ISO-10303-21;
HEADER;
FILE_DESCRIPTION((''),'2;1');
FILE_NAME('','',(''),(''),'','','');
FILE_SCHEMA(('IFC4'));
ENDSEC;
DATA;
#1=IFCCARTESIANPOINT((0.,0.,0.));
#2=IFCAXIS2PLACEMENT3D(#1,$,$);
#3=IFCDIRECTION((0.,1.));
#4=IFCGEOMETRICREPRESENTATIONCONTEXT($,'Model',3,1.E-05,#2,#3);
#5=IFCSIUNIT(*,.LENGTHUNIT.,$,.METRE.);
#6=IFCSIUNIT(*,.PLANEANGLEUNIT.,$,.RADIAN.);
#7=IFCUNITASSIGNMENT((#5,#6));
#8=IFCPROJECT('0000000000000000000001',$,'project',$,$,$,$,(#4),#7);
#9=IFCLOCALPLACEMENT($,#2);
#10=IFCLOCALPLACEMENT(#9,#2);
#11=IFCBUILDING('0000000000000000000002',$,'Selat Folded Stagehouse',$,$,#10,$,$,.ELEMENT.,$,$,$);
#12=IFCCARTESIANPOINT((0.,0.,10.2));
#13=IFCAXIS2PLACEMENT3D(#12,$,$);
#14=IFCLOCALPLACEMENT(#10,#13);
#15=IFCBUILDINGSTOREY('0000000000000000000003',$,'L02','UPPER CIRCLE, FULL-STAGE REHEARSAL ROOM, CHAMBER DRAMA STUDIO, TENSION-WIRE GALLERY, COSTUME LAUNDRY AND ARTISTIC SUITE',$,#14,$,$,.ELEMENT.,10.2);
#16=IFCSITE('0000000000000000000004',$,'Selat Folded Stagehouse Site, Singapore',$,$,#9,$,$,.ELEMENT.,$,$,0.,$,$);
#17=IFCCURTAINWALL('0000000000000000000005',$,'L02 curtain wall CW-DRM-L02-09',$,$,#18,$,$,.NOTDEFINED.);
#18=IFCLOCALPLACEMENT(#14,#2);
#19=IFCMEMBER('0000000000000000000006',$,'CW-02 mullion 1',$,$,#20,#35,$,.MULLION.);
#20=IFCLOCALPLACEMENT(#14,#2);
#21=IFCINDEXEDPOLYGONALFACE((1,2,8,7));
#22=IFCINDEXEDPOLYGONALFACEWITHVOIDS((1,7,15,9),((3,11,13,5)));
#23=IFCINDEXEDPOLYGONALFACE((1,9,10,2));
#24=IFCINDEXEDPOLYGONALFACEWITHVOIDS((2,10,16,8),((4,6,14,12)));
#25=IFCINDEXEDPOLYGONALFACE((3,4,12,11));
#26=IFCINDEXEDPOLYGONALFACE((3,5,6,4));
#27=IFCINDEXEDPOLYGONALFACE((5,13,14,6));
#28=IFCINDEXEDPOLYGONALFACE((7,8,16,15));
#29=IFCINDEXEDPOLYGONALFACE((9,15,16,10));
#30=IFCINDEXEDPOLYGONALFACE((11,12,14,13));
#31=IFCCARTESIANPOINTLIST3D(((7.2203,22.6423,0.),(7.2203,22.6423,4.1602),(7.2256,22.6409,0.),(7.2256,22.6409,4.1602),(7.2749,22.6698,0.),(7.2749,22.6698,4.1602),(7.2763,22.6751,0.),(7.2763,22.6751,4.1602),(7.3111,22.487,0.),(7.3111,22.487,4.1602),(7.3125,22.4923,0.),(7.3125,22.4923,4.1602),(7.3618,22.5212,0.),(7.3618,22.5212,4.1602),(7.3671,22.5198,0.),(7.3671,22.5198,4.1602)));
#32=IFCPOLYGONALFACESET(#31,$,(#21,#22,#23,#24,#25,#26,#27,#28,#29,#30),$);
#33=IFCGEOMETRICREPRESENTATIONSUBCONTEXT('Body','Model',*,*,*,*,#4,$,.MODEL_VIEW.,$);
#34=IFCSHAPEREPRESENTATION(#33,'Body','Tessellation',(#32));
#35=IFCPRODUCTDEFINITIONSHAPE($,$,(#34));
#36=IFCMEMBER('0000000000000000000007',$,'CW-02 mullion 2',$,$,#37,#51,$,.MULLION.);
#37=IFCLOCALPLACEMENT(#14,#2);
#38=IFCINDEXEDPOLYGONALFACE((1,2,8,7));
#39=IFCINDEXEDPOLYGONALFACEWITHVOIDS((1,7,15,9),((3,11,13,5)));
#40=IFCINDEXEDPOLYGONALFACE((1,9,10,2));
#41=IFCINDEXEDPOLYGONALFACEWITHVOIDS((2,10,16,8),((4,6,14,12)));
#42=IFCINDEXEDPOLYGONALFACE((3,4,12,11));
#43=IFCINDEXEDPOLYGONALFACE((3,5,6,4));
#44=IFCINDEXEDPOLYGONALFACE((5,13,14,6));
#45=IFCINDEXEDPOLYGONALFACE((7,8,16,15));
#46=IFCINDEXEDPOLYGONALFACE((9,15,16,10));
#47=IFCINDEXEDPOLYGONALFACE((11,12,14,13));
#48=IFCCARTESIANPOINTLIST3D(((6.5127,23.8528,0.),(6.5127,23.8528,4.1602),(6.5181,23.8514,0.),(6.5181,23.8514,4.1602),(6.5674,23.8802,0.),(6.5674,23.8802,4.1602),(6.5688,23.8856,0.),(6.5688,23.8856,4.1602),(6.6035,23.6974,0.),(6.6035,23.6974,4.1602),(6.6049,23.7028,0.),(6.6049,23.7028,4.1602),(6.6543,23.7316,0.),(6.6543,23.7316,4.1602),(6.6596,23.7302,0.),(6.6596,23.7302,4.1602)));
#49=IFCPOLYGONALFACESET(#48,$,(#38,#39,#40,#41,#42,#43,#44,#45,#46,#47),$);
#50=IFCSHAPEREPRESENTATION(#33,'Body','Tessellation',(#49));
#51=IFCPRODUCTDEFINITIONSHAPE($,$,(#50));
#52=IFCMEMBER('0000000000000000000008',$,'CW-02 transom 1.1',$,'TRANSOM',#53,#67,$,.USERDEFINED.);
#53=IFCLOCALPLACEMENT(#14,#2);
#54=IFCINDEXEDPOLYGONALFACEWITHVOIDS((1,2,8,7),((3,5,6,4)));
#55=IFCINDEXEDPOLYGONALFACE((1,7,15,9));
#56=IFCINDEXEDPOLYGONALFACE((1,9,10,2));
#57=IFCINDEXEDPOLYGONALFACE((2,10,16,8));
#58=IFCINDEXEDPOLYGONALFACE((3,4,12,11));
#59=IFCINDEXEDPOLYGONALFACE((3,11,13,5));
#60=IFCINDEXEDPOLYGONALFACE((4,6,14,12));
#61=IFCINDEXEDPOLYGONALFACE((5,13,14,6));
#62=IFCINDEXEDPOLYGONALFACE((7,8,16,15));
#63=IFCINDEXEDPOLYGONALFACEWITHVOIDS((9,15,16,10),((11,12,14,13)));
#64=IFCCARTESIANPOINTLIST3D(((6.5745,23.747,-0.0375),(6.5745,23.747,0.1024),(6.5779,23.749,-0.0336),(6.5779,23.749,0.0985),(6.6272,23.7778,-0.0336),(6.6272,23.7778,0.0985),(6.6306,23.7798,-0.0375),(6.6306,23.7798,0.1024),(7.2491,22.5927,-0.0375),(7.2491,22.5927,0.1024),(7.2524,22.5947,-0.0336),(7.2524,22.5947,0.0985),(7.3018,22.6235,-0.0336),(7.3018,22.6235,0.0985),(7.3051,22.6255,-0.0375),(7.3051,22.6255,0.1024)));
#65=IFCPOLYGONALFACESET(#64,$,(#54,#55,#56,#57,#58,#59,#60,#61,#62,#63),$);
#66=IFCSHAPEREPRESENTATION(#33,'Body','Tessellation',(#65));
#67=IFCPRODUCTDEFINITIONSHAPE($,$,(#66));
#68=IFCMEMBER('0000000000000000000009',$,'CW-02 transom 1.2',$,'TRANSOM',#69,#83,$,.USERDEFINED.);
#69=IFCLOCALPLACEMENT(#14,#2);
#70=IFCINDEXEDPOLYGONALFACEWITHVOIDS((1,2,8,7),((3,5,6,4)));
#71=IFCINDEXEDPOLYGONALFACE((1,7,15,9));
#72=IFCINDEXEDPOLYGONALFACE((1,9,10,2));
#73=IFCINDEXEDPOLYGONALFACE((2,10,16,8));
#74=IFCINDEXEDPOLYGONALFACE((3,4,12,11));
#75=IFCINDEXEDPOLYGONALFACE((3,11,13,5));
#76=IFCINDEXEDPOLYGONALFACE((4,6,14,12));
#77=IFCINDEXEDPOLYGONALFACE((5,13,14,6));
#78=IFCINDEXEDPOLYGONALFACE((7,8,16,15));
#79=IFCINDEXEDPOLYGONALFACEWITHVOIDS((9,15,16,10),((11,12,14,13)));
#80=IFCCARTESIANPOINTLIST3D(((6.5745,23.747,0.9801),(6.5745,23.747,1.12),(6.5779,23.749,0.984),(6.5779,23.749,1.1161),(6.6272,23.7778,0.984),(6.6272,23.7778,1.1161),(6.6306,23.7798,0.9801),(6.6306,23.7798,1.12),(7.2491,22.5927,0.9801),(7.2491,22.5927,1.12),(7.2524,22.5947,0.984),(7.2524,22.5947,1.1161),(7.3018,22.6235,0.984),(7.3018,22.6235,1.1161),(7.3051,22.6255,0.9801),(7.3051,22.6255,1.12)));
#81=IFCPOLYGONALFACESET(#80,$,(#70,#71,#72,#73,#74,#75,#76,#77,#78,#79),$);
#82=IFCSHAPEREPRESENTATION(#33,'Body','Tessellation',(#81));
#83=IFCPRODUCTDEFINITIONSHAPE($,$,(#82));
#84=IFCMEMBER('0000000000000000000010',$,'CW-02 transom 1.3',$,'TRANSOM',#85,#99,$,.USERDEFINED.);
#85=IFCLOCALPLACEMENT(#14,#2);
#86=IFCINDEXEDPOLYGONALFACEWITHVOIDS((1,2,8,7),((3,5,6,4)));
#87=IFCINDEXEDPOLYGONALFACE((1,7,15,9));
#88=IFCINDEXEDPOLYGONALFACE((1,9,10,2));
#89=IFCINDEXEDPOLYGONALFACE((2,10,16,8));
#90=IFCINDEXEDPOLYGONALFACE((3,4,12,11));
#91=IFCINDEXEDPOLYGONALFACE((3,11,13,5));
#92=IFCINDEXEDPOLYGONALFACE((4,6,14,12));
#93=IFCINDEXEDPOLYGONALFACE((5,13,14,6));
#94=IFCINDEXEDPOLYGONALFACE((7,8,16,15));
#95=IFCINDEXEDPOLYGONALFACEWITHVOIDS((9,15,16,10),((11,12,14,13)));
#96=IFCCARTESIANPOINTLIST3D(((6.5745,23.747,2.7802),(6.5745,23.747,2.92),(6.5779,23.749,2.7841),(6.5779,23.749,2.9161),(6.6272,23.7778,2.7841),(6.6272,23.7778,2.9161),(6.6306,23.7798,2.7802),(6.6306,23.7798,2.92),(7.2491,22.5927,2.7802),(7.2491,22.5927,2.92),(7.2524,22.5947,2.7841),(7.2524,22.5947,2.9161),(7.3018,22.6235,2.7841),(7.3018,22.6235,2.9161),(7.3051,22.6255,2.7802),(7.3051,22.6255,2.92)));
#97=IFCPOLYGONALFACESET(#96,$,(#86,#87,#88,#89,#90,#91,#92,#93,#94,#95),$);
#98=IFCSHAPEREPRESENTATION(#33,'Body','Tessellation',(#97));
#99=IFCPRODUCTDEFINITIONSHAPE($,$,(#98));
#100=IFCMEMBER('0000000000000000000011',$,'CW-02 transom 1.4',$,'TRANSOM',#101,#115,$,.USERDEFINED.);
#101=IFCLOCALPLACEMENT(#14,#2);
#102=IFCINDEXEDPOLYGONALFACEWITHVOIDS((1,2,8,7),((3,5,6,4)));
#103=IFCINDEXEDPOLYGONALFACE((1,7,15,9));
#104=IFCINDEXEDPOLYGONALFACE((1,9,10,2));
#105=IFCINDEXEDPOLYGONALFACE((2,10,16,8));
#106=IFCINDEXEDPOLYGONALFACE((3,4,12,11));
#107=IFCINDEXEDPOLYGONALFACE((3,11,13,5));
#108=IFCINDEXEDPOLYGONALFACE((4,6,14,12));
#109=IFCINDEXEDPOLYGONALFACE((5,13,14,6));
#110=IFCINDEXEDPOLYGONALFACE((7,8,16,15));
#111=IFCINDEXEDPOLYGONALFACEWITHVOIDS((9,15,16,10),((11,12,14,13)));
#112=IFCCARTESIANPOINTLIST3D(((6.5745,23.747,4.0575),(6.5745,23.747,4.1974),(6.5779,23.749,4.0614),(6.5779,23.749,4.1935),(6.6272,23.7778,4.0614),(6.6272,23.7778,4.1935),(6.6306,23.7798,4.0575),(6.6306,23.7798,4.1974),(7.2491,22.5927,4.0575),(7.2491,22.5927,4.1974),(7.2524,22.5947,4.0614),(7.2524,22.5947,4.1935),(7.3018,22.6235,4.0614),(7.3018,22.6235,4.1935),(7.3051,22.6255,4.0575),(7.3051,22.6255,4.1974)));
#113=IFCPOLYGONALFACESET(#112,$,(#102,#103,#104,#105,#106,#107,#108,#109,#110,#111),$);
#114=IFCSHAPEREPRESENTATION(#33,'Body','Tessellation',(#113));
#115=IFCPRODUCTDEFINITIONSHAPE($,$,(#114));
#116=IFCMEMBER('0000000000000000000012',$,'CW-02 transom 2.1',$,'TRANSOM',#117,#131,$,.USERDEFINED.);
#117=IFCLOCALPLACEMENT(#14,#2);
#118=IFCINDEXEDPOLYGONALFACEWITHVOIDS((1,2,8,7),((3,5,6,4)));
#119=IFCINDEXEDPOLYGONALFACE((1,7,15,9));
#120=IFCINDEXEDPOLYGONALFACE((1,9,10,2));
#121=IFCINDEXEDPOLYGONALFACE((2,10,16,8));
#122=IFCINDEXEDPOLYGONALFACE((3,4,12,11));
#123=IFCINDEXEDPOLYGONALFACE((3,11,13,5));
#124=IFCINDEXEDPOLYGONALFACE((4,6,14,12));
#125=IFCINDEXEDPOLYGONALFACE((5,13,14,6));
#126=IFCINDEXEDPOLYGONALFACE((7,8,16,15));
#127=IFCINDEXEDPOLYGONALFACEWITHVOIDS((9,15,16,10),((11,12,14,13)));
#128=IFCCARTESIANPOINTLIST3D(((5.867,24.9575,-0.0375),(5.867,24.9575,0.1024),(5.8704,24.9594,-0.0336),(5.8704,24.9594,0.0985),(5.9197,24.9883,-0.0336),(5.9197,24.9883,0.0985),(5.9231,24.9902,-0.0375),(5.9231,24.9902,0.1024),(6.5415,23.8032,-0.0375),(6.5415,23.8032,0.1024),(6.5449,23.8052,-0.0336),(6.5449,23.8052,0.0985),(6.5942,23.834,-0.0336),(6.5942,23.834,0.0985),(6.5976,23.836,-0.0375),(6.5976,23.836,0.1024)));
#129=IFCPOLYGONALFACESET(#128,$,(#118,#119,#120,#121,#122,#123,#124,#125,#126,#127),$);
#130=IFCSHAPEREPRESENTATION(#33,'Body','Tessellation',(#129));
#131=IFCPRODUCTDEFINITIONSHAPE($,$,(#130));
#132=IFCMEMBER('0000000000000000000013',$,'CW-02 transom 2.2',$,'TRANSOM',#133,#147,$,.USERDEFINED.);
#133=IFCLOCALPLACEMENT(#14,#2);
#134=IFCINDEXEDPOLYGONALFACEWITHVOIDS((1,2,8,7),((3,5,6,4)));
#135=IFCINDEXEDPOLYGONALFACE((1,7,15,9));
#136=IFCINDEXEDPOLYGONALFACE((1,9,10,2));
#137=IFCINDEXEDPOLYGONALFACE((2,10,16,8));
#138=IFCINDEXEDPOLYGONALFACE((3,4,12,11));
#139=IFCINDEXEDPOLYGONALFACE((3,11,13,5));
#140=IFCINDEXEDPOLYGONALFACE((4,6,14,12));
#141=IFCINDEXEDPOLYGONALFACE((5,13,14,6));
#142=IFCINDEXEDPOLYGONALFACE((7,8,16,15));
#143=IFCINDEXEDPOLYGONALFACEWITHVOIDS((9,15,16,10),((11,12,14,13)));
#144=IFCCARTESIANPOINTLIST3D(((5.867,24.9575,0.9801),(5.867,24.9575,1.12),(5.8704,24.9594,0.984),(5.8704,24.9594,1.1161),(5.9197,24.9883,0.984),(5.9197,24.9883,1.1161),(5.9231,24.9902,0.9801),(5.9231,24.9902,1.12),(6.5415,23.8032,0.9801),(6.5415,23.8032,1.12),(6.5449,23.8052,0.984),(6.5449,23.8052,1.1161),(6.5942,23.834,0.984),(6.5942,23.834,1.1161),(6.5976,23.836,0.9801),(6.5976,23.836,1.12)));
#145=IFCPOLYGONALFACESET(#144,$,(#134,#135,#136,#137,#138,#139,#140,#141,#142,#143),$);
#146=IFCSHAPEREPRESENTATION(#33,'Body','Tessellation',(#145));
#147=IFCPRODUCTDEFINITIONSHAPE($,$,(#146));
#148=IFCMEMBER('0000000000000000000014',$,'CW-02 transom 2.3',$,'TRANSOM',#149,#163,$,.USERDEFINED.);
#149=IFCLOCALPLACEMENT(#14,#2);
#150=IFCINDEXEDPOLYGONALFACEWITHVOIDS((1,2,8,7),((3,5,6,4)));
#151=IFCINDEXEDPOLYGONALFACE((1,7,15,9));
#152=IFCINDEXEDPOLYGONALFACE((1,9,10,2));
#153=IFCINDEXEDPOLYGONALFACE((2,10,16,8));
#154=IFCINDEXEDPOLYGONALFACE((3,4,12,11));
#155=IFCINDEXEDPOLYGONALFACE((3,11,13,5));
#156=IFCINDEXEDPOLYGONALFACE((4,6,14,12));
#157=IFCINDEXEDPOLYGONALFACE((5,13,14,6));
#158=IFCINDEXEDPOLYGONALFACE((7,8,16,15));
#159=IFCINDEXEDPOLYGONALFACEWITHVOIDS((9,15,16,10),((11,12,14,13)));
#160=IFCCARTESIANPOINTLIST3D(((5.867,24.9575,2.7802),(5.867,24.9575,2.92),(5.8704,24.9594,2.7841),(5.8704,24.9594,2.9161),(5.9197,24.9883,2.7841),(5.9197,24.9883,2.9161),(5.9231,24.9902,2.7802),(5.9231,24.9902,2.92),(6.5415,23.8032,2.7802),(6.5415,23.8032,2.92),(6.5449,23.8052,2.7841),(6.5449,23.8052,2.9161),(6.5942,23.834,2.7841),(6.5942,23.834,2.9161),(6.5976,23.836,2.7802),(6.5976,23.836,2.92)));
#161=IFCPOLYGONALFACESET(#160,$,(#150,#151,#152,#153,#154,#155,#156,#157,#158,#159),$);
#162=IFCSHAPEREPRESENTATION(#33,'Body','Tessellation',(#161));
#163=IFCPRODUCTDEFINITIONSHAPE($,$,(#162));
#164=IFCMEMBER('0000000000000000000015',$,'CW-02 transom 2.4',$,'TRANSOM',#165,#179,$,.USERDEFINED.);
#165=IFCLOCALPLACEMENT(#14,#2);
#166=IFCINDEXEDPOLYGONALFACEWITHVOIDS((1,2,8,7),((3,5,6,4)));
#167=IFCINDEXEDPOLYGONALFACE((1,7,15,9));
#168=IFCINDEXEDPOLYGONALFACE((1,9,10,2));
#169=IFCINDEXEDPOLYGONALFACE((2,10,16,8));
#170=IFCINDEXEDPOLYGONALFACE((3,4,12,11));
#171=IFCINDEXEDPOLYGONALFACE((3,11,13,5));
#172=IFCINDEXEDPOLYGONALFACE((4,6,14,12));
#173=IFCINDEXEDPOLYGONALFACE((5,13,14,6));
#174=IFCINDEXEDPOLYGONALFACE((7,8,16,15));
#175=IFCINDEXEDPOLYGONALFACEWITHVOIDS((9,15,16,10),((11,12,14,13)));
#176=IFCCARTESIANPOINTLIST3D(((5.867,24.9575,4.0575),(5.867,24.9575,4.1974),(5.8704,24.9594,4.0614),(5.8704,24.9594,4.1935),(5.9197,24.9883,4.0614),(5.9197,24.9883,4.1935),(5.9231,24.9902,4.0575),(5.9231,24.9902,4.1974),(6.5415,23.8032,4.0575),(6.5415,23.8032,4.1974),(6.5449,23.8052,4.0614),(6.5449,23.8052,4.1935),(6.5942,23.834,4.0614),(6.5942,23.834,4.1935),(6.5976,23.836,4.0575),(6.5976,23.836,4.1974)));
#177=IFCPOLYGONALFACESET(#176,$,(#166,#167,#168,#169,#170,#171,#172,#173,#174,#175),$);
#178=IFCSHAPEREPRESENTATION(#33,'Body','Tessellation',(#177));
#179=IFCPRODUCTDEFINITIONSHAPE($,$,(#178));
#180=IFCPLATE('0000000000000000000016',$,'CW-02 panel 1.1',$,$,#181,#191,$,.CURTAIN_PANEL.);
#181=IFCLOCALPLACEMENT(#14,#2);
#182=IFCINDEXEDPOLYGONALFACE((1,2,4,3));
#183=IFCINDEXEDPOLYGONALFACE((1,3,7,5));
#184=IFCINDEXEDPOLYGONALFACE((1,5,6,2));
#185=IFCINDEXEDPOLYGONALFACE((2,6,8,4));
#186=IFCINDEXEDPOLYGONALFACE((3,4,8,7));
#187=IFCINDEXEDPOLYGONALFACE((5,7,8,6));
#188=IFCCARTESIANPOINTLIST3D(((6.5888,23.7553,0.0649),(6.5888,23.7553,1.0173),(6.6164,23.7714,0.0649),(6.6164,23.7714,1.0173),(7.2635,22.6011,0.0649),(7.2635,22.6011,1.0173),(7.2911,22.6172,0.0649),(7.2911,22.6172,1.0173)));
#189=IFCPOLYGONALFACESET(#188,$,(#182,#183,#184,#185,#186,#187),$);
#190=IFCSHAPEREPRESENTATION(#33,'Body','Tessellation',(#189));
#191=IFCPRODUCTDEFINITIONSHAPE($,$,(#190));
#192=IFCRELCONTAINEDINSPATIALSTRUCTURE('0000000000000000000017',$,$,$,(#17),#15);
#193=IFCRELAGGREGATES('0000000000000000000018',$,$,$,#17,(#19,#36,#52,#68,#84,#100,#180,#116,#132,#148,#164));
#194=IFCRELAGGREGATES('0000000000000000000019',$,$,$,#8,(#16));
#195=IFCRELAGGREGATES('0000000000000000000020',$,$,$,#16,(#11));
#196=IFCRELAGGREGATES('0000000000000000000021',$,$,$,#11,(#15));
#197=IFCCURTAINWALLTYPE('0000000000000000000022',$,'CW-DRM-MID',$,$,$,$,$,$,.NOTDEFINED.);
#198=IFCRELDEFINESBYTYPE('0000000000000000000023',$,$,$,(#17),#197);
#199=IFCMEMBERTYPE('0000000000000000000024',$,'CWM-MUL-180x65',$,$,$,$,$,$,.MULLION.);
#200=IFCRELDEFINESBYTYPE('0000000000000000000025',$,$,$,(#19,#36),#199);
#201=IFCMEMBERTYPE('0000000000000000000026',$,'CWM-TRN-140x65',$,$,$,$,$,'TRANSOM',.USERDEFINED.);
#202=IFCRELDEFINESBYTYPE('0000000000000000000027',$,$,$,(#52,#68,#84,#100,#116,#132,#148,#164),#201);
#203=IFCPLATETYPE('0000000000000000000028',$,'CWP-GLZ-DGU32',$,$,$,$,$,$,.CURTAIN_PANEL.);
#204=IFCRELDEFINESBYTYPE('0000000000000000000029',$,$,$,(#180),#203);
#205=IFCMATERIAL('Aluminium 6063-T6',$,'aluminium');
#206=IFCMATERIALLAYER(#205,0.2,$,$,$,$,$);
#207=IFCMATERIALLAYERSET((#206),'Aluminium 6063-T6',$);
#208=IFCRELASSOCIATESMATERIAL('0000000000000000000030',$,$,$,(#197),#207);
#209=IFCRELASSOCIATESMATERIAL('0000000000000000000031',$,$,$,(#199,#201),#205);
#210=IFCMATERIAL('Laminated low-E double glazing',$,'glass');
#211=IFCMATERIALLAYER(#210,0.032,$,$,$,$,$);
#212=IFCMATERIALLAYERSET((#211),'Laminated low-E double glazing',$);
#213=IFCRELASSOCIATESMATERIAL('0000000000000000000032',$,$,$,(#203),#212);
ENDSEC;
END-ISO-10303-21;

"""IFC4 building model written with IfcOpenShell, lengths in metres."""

from ifc_helpers import new_model, si_unit, direction, frame, origin, origin_2d, place, context, subcontext, project, spatial, rectangle, hollow_rectangle, extrude, material, layer, layer_set, material_profile, profile_set, type_object, element, aggregate, save


model = new_model("IFC4")

# Units and contexts
model_context = context("Model", 3, precision=1e-05, world=origin(), true_north=direction((0.0, 1.0)))
body_context = subcontext(model_context, "Body", "Model", "MODEL_VIEW")
ifc_project = project(units=[si_unit("LENGTHUNIT", "METRE"), si_unit("PLANEANGLEUNIT", "RADIAN")], contexts=[model_context])

# Site, building, storey
site_placement = place(None, origin())
site = spatial("IfcSite", under=ifc_project, at=site_placement, Name="Selat Folded Stagehouse Site, Singapore", CompositionType="ELEMENT", RefElevation=0.0)
building_placement = place(site_placement, origin())
building = spatial("IfcBuilding", under=site, at=building_placement, Name="Selat Folded Stagehouse", CompositionType="ELEMENT")
storey_placement = place(building_placement, frame((0.0, 0.0, 10.2)))
storey = spatial("IfcBuildingStorey", under=building, at=storey_placement, Name="L02", Description="UPPER CIRCLE, FULL-STAGE REHEARSAL ROOM, CHAMBER DRAMA STUDIO, TENSION-WIRE GALLERY, COSTUME LAUNDRY AND ARTISTIC SUITE", CompositionType="ELEMENT", Elevation=10.2)

# Curtain wall, members, plate
ifc_material_1 = material(Name="Aluminium 6063-T6", Category="aluminium")
ifc_layer_1 = layer(ifc_material_1, 0.2)
ifc_layer_set_1 = layer_set([ifc_layer_1], Name="Aluminium 6063-T6")
curtain_wall_type = type_object("IfcCurtainWallType", Name="CW-DRM-MID", PredefinedType="NOTDEFINED", material=ifc_layer_set_1)
curtain_wall_placement = place(storey_placement, origin())
curtain_wall = element("IfcCurtainWall", 1, at=curtain_wall_placement, inside=storey, type_object=curtain_wall_type, Name="L02 curtain wall CW-DRM-L02-09", PredefinedType="NOTDEFINED")
ifc_material_profile_1 = material_profile(ifc_material_1, hollow_rectangle(XDim=0.0649, YDim=0.1799, WallThickness=0.0039, at=origin_2d()), Name="ALU 180x65x4.0")
ifc_profile_set_1 = profile_set([ifc_material_profile_1], Name="Aluminium 6063-T6")
member_type_1 = type_object("IfcMemberType", Name="CWM-MUL-180x65", PredefinedType="MULLION", material=ifc_profile_set_1)
member_1_placement = place(storey_placement, frame((7.2937, 22.5811, 0.0), z_axis=(0.0, 0.0, 1.0), x_axis=(-0.863332, -0.504636, 0.0)))
member_1 = element("IfcMember", 2, at=member_1_placement, type_object=member_type_1, Name="CW-02 mullion 1", PredefinedType="MULLION", context=body_context, shape_type="SweptSolid", body=[
    extrude(hollow_rectangle(XDim=0.0649, YDim=0.1799, WallThickness=0.0039, at=origin_2d()), origin(), (0.0, 0.0, 1.0), 4.1602),
])
member_2_placement = place(storey_placement, frame((6.5862, 23.7915, 0.0), z_axis=(0.0, 0.0, 1.0), x_axis=(-0.863332, -0.504636, 0.0)))
member_2 = element("IfcMember", 3, at=member_2_placement, type_object=member_type_1, Name="CW-02 mullion 2", PredefinedType="MULLION", context=body_context, shape_type="SweptSolid", body=[
    extrude(hollow_rectangle(XDim=0.0649, YDim=0.1799, WallThickness=0.0039, at=origin_2d()), origin(), (0.0, 0.0, 1.0), 4.1602),
])
ifc_material_profile_2 = material_profile(ifc_material_1, hollow_rectangle(XDim=0.0649, YDim=0.1399, WallThickness=0.0039, at=origin_2d()), Name="ALU 140x65x4.0")
ifc_profile_set_2 = profile_set([ifc_material_profile_2], Name="Aluminium 6063-T6")
member_type_2 = type_object("IfcMemberType", Name="CWM-TRN-140x65", ElementType="TRANSOM", PredefinedType="USERDEFINED", material=ifc_profile_set_2)
member_3_placement = place(storey_placement, frame((7.2771, 22.6091, 0.0325), z_axis=(-0.504552, 0.863381, 0.0), x_axis=(-0.863381, -0.504552, 0.0)))
member_3 = element("IfcMember", 4, at=member_3_placement, type_object=member_type_2, Name="CW-02 transom 1.1", ObjectType="TRANSOM", PredefinedType="USERDEFINED", context=body_context, shape_type="SweptSolid", body=[
    extrude(hollow_rectangle(XDim=0.0649, YDim=0.1399, WallThickness=0.0039, at=origin_2d()), origin(), (0.0, 0.0, 1.0), 1.3369),
])
member_4_placement = place(storey_placement, frame((7.2771, 22.6091, 1.05), z_axis=(-0.504552, 0.863381, 0.0), x_axis=(-0.863381, -0.504552, 0.0)))
member_4 = element("IfcMember", 5, at=member_4_placement, type_object=member_type_2, Name="CW-02 transom 1.2", ObjectType="TRANSOM", PredefinedType="USERDEFINED", context=body_context, shape_type="SweptSolid", body=[
    extrude(hollow_rectangle(XDim=0.0649, YDim=0.1399, WallThickness=0.0039, at=origin_2d()), origin(), (0.0, 0.0, 1.0), 1.3369),
])
member_5_placement = place(storey_placement, frame((7.2771, 22.6091, 2.8501), z_axis=(-0.504552, 0.863381, 0.0), x_axis=(-0.863381, -0.504552, 0.0)))
member_5 = element("IfcMember", 6, at=member_5_placement, type_object=member_type_2, Name="CW-02 transom 1.3", ObjectType="TRANSOM", PredefinedType="USERDEFINED", context=body_context, shape_type="SweptSolid", body=[
    extrude(hollow_rectangle(XDim=0.0649, YDim=0.1399, WallThickness=0.0039, at=origin_2d()), origin(), (0.0, 0.0, 1.0), 1.3369),
])
member_6_placement = place(storey_placement, frame((7.2771, 22.6091, 4.1274), z_axis=(-0.504552, 0.863381, 0.0), x_axis=(-0.863381, -0.504552, 0.0)))
member_6 = element("IfcMember", 7, at=member_6_placement, type_object=member_type_2, Name="CW-02 transom 1.4", ObjectType="TRANSOM", PredefinedType="USERDEFINED", context=body_context, shape_type="SweptSolid", body=[
    extrude(hollow_rectangle(XDim=0.0649, YDim=0.1399, WallThickness=0.0039, at=origin_2d()), origin(), (0.0, 0.0, 1.0), 1.3369),
])
member_7_placement = place(storey_placement, frame((6.5696, 23.8196, 0.0325), z_axis=(-0.504552, 0.863381, 0.0), x_axis=(-0.863381, -0.504552, 0.0)))
member_7 = element("IfcMember", 8, at=member_7_placement, type_object=member_type_2, Name="CW-02 transom 2.1", ObjectType="TRANSOM", PredefinedType="USERDEFINED", context=body_context, shape_type="SweptSolid", body=[
    extrude(hollow_rectangle(XDim=0.0649, YDim=0.1399, WallThickness=0.0039, at=origin_2d()), origin(), (0.0, 0.0, 1.0), 1.3369),
])
member_8_placement = place(storey_placement, frame((6.5696, 23.8196, 1.05), z_axis=(-0.504552, 0.863381, 0.0), x_axis=(-0.863381, -0.504552, 0.0)))
member_8 = element("IfcMember", 9, at=member_8_placement, type_object=member_type_2, Name="CW-02 transom 2.2", ObjectType="TRANSOM", PredefinedType="USERDEFINED", context=body_context, shape_type="SweptSolid", body=[
    extrude(hollow_rectangle(XDim=0.0649, YDim=0.1399, WallThickness=0.0039, at=origin_2d()), origin(), (0.0, 0.0, 1.0), 1.3369),
])
member_9_placement = place(storey_placement, frame((6.5696, 23.8196, 2.8501), z_axis=(-0.504552, 0.863381, 0.0), x_axis=(-0.863381, -0.504552, 0.0)))
member_9 = element("IfcMember", 10, at=member_9_placement, type_object=member_type_2, Name="CW-02 transom 2.3", ObjectType="TRANSOM", PredefinedType="USERDEFINED", context=body_context, shape_type="SweptSolid", body=[
    extrude(hollow_rectangle(XDim=0.0649, YDim=0.1399, WallThickness=0.0039, at=origin_2d()), origin(), (0.0, 0.0, 1.0), 1.3369),
])
member_10_placement = place(storey_placement, frame((6.5696, 23.8196, 4.1274), z_axis=(-0.504552, 0.863381, 0.0), x_axis=(-0.863381, -0.504552, 0.0)))
member_10 = element("IfcMember", 11, at=member_10_placement, type_object=member_type_2, Name="CW-02 transom 2.4", ObjectType="TRANSOM", PredefinedType="USERDEFINED", context=body_context, shape_type="SweptSolid", body=[
    extrude(hollow_rectangle(XDim=0.0649, YDim=0.1399, WallThickness=0.0039, at=origin_2d()), origin(), (0.0, 0.0, 1.0), 1.3369),
])
ifc_material_2 = material(Name="Laminated low-E double glazing", Category="glass")
ifc_layer_2 = layer(ifc_material_2, 0.032)
ifc_layer_set_2 = layer_set([ifc_layer_2], Name="Laminated low-E double glazing")
plate_type = type_object("IfcPlateType", Name="CWP-GLZ-DGU32", PredefinedType="CURTAIN_PANEL", material=ifc_layer_set_2)
plate_1_placement = place(storey_placement, frame((6.9399, 23.1863, 0.0649), z_axis=(0.0, 0.0, 1.0), x_axis=(-0.504636, 0.863332, 0.0)))
plate_1 = element("IfcPlate", 12, at=plate_1_placement, type_object=plate_type, Name="CW-02 panel 1.1", PredefinedType="CURTAIN_PANEL", context=body_context, shape_type="SweptSolid", body=[
    extrude(rectangle(XDim=1.3369, YDim=0.032, at=origin_2d()), origin(), (0.0, 0.0, 1.0), 0.9524),
])
aggregate(curtain_wall, [member_1, member_2, member_3, member_4, member_5, member_6, plate_1, member_7, member_8, member_9, member_10])

save(model, "model.ifc")
